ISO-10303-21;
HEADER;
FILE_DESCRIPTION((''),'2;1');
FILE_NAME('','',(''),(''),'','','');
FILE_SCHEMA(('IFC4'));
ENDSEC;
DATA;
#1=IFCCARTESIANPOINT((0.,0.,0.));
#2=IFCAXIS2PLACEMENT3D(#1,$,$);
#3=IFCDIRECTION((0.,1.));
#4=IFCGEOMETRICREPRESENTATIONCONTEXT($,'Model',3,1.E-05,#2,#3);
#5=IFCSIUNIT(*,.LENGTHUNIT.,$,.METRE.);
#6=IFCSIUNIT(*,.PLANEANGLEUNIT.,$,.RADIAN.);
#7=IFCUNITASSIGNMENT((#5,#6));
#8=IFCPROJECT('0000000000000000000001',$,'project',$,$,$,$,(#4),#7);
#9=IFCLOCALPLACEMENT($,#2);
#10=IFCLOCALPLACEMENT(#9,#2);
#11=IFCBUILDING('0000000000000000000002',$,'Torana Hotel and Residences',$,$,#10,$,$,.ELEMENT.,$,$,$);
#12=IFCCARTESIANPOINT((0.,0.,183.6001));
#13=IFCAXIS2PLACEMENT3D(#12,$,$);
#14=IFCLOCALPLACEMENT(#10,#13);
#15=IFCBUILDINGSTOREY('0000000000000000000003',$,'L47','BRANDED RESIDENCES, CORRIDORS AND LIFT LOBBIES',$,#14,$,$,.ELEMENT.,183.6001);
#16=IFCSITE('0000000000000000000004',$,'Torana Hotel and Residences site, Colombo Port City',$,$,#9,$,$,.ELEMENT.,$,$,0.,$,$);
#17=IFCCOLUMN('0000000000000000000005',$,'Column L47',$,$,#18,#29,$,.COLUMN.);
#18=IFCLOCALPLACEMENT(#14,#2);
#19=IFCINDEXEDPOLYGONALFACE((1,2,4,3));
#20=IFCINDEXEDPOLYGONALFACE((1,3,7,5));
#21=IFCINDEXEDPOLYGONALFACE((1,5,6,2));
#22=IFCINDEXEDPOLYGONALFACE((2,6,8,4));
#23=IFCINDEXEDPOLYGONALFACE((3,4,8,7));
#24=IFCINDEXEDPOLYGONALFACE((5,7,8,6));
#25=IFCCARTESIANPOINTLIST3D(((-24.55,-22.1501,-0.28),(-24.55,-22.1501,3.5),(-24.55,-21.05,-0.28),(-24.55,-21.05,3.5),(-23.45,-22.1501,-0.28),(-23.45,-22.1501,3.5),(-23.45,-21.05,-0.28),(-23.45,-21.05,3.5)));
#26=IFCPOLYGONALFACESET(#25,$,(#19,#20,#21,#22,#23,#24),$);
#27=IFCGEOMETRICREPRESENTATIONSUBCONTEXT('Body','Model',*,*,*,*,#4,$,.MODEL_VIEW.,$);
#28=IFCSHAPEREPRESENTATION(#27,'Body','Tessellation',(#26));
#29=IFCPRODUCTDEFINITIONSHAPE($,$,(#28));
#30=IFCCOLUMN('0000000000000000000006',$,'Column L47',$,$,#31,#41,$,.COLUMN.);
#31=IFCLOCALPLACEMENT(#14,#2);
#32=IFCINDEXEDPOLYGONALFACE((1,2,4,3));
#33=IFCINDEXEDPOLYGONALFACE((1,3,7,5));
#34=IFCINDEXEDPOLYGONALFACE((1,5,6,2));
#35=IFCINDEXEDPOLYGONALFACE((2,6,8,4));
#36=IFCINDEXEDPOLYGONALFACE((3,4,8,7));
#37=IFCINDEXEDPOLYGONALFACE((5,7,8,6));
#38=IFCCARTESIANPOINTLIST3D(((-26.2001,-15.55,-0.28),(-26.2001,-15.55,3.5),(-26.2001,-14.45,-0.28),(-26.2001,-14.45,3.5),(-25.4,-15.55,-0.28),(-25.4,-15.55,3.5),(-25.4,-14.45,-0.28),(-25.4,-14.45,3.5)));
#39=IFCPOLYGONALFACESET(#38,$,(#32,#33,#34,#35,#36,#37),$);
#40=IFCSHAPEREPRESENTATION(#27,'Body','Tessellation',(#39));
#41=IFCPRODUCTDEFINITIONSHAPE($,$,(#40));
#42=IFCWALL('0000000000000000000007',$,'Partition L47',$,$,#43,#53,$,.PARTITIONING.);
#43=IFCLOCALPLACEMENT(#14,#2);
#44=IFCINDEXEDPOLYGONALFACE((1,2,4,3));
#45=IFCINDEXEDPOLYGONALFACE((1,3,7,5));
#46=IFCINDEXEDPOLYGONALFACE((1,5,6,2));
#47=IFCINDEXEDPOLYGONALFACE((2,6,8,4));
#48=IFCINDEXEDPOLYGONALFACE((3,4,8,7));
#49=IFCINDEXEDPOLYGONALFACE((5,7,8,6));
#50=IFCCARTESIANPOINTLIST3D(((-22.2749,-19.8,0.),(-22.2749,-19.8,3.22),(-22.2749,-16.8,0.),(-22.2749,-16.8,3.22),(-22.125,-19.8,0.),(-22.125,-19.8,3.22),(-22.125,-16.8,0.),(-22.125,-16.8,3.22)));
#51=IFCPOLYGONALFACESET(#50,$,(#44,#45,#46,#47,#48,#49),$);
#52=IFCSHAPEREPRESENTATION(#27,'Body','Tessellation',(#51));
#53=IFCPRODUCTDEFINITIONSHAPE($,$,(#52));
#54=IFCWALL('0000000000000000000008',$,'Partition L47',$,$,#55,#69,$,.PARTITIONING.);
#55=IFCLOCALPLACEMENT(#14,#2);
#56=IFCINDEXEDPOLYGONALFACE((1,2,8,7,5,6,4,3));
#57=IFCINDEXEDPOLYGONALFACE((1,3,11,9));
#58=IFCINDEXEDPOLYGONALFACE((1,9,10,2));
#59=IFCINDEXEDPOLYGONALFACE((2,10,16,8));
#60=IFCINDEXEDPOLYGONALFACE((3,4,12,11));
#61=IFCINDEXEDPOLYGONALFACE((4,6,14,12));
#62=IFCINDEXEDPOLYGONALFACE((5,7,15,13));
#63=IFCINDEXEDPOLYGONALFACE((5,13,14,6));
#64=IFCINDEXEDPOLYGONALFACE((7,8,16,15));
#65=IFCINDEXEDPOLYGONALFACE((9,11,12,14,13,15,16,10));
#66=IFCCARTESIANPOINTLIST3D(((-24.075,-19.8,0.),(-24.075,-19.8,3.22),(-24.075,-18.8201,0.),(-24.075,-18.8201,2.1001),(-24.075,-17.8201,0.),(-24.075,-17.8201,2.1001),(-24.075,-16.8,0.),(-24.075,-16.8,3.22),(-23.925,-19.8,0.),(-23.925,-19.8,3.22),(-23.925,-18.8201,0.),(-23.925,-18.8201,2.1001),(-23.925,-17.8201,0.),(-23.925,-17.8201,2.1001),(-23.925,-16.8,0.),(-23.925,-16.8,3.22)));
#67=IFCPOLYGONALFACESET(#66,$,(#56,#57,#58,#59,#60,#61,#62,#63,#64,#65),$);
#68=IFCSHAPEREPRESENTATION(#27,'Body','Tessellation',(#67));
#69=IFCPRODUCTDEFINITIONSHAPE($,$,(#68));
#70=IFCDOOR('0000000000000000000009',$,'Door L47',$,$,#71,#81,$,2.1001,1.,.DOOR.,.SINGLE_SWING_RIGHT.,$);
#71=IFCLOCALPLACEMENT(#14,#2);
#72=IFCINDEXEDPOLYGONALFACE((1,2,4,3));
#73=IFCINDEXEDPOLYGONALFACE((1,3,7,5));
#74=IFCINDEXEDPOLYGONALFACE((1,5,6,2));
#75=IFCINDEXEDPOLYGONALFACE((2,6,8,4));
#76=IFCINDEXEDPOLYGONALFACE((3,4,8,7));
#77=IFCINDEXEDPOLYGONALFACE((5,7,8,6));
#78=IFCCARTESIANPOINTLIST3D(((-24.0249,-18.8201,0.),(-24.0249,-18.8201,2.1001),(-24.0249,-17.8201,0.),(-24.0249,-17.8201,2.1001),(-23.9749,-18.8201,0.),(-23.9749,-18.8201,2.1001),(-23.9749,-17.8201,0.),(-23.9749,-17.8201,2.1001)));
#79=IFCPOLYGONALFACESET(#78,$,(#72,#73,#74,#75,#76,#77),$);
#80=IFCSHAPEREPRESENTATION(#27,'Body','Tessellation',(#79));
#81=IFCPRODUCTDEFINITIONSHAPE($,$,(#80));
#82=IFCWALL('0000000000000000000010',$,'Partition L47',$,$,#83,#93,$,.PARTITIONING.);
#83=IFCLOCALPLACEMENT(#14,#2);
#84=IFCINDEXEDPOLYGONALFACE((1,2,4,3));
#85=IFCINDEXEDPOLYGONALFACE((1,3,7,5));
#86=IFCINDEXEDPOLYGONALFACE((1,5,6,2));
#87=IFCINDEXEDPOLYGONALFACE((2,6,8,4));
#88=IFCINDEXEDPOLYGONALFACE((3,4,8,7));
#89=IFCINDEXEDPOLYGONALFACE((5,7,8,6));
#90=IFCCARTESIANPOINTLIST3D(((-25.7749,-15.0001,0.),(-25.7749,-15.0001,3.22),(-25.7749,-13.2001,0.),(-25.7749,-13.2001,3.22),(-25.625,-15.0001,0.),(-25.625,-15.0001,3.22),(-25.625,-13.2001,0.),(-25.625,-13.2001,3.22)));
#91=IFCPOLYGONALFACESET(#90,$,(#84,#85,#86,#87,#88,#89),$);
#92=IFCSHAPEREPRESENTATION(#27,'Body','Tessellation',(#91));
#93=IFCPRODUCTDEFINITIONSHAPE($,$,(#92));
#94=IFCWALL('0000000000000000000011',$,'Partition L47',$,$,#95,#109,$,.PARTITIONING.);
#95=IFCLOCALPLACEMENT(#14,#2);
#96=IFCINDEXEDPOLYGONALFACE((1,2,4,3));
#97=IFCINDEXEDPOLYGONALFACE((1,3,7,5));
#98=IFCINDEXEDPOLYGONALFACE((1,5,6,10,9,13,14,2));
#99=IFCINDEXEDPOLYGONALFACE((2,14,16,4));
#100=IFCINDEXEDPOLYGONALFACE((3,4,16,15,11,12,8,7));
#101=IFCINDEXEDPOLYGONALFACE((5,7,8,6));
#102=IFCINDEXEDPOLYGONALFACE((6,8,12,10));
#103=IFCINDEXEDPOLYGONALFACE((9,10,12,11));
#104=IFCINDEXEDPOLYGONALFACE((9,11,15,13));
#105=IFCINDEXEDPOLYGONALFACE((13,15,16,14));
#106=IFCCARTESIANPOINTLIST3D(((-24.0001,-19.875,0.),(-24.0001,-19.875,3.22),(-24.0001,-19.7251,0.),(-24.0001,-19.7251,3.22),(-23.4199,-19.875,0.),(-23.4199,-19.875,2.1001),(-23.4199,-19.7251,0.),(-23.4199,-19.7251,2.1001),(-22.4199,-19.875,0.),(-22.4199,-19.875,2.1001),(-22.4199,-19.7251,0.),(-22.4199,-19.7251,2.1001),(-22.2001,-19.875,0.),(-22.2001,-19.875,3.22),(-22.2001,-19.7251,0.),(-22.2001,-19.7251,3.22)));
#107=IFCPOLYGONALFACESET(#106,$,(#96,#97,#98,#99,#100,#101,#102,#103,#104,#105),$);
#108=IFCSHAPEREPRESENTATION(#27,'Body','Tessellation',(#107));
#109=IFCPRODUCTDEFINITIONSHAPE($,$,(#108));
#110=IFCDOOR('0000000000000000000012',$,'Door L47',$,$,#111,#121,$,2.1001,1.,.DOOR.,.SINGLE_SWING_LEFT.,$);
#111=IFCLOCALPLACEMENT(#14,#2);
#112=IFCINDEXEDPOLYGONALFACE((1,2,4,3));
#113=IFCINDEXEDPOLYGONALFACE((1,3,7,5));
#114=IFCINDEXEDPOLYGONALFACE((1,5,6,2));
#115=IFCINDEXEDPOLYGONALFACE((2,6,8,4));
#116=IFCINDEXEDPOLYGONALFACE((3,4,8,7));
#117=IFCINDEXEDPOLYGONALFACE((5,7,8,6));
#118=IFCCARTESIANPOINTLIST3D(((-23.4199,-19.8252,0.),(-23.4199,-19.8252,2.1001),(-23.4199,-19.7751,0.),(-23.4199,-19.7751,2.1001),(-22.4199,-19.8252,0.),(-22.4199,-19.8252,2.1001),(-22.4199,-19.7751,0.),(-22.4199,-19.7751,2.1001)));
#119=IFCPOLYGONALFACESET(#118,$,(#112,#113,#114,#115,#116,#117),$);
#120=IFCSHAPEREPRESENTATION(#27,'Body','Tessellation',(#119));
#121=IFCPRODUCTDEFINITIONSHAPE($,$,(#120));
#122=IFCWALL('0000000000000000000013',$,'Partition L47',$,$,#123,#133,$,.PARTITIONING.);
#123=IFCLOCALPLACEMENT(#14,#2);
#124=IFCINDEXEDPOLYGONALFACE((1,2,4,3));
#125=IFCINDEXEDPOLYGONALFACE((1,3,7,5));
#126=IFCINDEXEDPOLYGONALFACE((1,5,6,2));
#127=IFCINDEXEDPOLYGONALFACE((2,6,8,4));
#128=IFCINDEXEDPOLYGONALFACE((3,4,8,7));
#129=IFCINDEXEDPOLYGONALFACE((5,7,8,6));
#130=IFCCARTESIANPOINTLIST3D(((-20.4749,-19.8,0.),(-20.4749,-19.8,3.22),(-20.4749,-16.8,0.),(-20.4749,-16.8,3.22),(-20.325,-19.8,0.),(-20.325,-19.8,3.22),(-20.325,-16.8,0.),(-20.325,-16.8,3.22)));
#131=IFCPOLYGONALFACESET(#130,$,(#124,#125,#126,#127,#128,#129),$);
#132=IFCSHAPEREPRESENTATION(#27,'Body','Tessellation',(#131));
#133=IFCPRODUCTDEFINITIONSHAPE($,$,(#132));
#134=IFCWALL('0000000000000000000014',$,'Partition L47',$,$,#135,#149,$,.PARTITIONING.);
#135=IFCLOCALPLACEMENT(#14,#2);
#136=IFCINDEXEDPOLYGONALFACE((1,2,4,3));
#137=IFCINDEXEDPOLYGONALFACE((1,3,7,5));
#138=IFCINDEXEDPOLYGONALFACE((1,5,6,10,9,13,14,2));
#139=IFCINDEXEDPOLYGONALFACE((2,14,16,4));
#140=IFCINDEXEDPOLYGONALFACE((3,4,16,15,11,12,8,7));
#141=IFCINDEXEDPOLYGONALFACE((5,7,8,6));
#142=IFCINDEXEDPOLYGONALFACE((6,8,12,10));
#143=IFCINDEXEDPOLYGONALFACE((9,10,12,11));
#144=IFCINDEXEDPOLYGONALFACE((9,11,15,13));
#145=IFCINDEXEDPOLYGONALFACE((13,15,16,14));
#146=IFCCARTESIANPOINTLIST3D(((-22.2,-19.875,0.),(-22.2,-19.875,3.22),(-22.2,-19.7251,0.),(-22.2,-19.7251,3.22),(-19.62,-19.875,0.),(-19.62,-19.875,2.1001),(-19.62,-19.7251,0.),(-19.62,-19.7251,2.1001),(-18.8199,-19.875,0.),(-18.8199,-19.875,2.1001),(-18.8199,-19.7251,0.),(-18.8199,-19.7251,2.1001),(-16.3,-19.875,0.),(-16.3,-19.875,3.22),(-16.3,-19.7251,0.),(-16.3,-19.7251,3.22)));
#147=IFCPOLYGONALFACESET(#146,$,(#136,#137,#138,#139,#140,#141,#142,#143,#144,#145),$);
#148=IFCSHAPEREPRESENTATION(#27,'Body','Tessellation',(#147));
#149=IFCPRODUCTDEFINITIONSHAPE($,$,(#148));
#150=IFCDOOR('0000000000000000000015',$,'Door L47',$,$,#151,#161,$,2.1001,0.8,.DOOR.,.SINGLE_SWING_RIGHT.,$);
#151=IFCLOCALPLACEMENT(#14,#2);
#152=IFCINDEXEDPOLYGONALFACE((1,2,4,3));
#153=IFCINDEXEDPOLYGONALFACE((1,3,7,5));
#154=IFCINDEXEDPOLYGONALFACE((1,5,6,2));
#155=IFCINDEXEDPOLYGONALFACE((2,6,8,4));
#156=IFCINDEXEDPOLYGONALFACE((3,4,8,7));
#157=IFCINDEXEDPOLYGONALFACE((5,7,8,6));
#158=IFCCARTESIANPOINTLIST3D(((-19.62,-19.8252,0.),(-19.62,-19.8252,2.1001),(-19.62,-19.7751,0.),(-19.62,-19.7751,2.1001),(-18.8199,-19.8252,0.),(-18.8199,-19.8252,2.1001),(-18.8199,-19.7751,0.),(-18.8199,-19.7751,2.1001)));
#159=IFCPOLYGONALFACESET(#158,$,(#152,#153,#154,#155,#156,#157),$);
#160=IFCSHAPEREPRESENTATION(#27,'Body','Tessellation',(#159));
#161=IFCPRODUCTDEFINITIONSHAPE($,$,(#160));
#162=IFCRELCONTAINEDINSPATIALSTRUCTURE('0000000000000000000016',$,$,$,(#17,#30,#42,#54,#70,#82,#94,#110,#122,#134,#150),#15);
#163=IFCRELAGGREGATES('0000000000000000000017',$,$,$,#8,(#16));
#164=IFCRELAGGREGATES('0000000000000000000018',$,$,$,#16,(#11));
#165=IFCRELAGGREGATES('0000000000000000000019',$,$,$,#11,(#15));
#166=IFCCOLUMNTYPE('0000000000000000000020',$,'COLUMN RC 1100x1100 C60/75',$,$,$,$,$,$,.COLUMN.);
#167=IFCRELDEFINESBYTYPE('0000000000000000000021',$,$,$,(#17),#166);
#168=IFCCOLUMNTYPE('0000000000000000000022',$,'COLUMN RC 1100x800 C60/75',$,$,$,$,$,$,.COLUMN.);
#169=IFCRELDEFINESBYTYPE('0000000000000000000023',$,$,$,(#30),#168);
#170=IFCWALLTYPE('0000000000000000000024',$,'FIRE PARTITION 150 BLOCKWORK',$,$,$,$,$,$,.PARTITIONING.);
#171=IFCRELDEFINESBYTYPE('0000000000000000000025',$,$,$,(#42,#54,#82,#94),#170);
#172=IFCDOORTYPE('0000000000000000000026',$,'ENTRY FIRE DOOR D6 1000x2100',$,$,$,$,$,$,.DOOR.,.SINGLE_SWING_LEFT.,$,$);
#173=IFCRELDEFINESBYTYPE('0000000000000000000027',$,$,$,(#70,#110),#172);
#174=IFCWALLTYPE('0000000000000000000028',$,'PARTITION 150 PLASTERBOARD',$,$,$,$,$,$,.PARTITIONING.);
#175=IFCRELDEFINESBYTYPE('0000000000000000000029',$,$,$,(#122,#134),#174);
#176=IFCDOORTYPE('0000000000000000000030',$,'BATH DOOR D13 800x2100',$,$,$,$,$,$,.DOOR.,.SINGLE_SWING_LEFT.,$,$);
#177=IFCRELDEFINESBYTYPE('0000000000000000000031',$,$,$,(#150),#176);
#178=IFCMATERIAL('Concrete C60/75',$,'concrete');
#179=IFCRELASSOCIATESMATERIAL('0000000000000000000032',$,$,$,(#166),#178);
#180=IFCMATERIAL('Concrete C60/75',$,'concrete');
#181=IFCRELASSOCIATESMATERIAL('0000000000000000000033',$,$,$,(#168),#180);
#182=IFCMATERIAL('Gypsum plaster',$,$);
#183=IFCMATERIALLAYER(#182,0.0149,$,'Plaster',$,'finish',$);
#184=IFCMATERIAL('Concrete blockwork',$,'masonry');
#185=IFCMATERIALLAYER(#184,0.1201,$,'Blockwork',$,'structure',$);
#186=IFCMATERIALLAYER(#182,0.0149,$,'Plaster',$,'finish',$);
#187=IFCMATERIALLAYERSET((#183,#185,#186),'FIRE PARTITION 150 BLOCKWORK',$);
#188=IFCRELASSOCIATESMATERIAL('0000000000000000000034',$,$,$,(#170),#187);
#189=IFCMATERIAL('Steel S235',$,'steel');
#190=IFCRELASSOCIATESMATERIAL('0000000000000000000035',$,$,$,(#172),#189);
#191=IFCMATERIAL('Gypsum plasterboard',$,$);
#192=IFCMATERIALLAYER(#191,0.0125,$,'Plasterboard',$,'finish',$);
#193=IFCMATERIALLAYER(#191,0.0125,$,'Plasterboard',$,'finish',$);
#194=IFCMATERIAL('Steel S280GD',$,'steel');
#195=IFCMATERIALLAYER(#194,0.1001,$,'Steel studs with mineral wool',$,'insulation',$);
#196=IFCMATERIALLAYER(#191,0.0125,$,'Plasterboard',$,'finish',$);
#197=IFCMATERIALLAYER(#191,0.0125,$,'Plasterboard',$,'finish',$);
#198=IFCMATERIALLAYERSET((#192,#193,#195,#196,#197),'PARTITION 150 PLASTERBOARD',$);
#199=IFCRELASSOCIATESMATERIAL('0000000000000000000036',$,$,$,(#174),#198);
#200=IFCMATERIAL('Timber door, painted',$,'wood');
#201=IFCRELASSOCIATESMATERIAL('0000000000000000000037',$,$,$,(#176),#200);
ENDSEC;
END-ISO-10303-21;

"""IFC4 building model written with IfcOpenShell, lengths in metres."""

from ifc_helpers import new_model, si_unit, direction, frame, frame_2d, origin, origin_2d, place, context, subcontext, project, spatial, rectangle, extrude, material, layer, layer_set, material_profile, profile_set, type_object, element, fill, save


model = new_model("IFC4")

# Units and contexts
model_context = context("Model", 3, precision=1e-05, world=origin(), true_north=direction((0.0, 1.0)))
body_context = subcontext(model_context, "Body", "Model", "MODEL_VIEW")
ifc_project = project(units=[si_unit("LENGTHUNIT", "METRE"), si_unit("PLANEANGLEUNIT", "RADIAN")], contexts=[model_context])

# Site, building, storey
site_placement = place(None, origin())
site = spatial("IfcSite", under=ifc_project, at=site_placement, Name="Torana Hotel and Residences site, Colombo Port City", CompositionType="ELEMENT", RefElevation=0.0)
building_placement = place(site_placement, origin())
building = spatial("IfcBuilding", under=site, at=building_placement, Name="Torana Hotel and Residences", CompositionType="ELEMENT")
storey_placement = place(building_placement, frame((0.0, 0.0, 183.6001)))
storey = spatial("IfcBuildingStorey", under=building, at=storey_placement, Name="L47", Description="BRANDED RESIDENCES, CORRIDORS AND LIFT LOBBIES", CompositionType="ELEMENT", Elevation=183.6001)

# Columns
ifc_material_1 = material(Name="Concrete C60/75", Category="concrete")
ifc_material_profile_1 = material_profile(ifc_material_1, rectangle(XDim=1.1001, YDim=1.1001, at=origin_2d()), Name="RC 1100x1100")
ifc_profile_set_1 = profile_set([ifc_material_profile_1], Name="Concrete C60/75")
column_type_1 = type_object("IfcColumnType", Name="COLUMN RC 1100x1100 C60/75", PredefinedType="COLUMN", material=ifc_profile_set_1)
column_1_placement = place(storey_placement, frame((-24.0, -21.6001, -0.28), z_axis=(0.0, 0.0, 1.0), x_axis=(1.0, 0.0, 0.0)))
element("IfcColumn", 1, at=column_1_placement, inside=storey, type_object=column_type_1, Name="Column L47", PredefinedType="COLUMN", context=body_context, shape_type="SweptSolid", body=[
    extrude(rectangle(XDim=1.1001, YDim=1.1001, at=origin_2d()), origin(), (0.0, 0.0, 1.0), 3.78),
])
ifc_material_2 = material(Name="Concrete C60/75", Category="concrete")
ifc_material_profile_2 = material_profile(ifc_material_2, rectangle(XDim=1.1001, YDim=0.8, at=origin_2d()), Name="RC 1100x800")
ifc_profile_set_2 = profile_set([ifc_material_profile_2], Name="Concrete C60/75")
column_type_2 = type_object("IfcColumnType", Name="COLUMN RC 1100x800 C60/75", PredefinedType="COLUMN", material=ifc_profile_set_2)
column_2_placement = place(storey_placement, frame((-25.8, -15.0, -0.28), z_axis=(0.0, 0.0, 1.0), x_axis=(0.0, 1.0, 0.0)))
element("IfcColumn", 2, at=column_2_placement, inside=storey, type_object=column_type_2, Name="Column L47", PredefinedType="COLUMN", context=body_context, shape_type="SweptSolid", body=[
    extrude(rectangle(XDim=1.1001, YDim=0.8, at=origin_2d()), origin(), (0.0, 0.0, 1.0), 3.78),
])

# Wall
ifc_material_3 = material(Name="Gypsum plaster")
ifc_layer_1 = layer(ifc_material_3, 0.0149, Name="Plaster", Category="finish")
ifc_material_4 = material(Name="Concrete blockwork", Category="masonry")
ifc_layer_2 = layer(ifc_material_4, 0.1201, Name="Blockwork", Category="structure")
ifc_layer_3 = layer(ifc_material_3, 0.0149, Name="Plaster", Category="finish")
ifc_layer_set_1 = layer_set([ifc_layer_1, ifc_layer_2, ifc_layer_3], Name="FIRE PARTITION 150 BLOCKWORK")
wall_type_1 = type_object("IfcWallType", Name="FIRE PARTITION 150 BLOCKWORK", PredefinedType="PARTITIONING", material=ifc_layer_set_1)
wall_1_placement = place(storey_placement, frame((-22.2, -19.8, 0.0), z_axis=(0.0, 0.0, 1.0), x_axis=(0.0, 1.0, 0.0)))
element("IfcWall", 3, at=wall_1_placement, inside=storey, type_object=wall_type_1, Name="Partition L47", PredefinedType="PARTITIONING", context=body_context, shape_type="SweptSolid", body=[
    extrude(rectangle(XDim=3.0, YDim=0.1499, at=frame_2d((1.5, 0.0))), origin(), (0.0, 0.0, 1.0), 3.22),
])

# Wall, opening, door
wall_2_placement = place(storey_placement, frame((-24.0, -19.8, 0.0), z_axis=(0.0, 0.0, 1.0), x_axis=(0.0, 1.0, 0.0)))
wall_2 = element("IfcWall", 4, at=wall_2_placement, inside=storey, type_object=wall_type_1, Name="Partition L47", PredefinedType="PARTITIONING", context=body_context, shape_type="SweptSolid", body=[
    extrude(rectangle(XDim=3.0, YDim=0.1499, at=frame_2d((1.5, 0.0))), origin(), (0.0, 0.0, 1.0), 3.22),
])
opening_1_placement = place(wall_2_placement, frame((0.98, 0.0, 0.0)))
opening_1 = element("IfcOpeningElement", 5, at=opening_1_placement, cuts=wall_2, PredefinedType="OPENING", context=body_context, shape_type="SweptSolid", body=[
    extrude(rectangle(XDim=1.0, YDim=2.1001, at=frame_2d((0.5, 1.05))), frame((0.0, 0.085, 0.0), z_axis=(0.0, -1.0, 0.0), x_axis=(1.0, 0.0, 0.0)), (0.0, 0.0, 1.0), 0.1699),
])
ifc_material_5 = material(Name="Steel S235", Category="steel")
door_type_1 = type_object("IfcDoorType", Name="ENTRY FIRE DOOR D6 1000x2100", OperationType="SINGLE_SWING_LEFT", PredefinedType="DOOR", material=ifc_material_5)
door_1_placement = place(opening_1_placement, origin())
door_1 = element("IfcDoor", 6, at=door_1_placement, inside=storey, type_object=door_type_1, Name="Door L47", OperationType="SINGLE_SWING_RIGHT", OverallHeight=2.1001, OverallWidth=1.0, PredefinedType="DOOR", context=body_context, shape_type="SweptSolid", body=[
    extrude(rectangle(XDim=1.0, YDim=2.1001, at=frame_2d((0.5, 1.05))), frame((0.0, 0.0249, 0.0), z_axis=(0.0, -1.0, 0.0), x_axis=(1.0, 0.0, 0.0)), (0.0, 0.0, 1.0), 0.05),
])
fill(opening_1, door_1)

# Wall
wall_3_placement = place(storey_placement, frame((-25.7, -15.0, 0.0), z_axis=(0.0, 0.0, 1.0), x_axis=(0.0, 1.0, 0.0)))
element("IfcWall", 7, at=wall_3_placement, inside=storey, type_object=wall_type_1, Name="Partition L47", PredefinedType="PARTITIONING", context=body_context, shape_type="SweptSolid", body=[
    extrude(rectangle(XDim=1.8, YDim=0.1499, at=frame_2d((0.8999, 0.0))), origin(), (0.0, 0.0, 1.0), 3.22),
])

# Wall, opening, door
wall_4_placement = place(storey_placement, frame((-24.0, -19.8, 0.0), z_axis=(0.0, 0.0, 1.0), x_axis=(1.0, 0.0, 0.0)))
wall_4 = element("IfcWall", 8, at=wall_4_placement, inside=storey, type_object=wall_type_1, Name="Partition L47", PredefinedType="PARTITIONING", context=body_context, shape_type="SweptSolid", body=[
    extrude(rectangle(XDim=1.8, YDim=0.1499, at=frame_2d((0.8999, 0.0))), origin(), (0.0, 0.0, 1.0), 3.22),
])
opening_2_placement = place(wall_4_placement, frame((0.5801, 0.0, 0.0)))
opening_2 = element("IfcOpeningElement", 9, at=opening_2_placement, cuts=wall_4, PredefinedType="OPENING", context=body_context, shape_type="SweptSolid", body=[
    extrude(rectangle(XDim=1.0, YDim=2.1001, at=frame_2d((0.5, 1.05))), frame((0.0, 0.085, 0.0), z_axis=(0.0, -1.0, 0.0), x_axis=(1.0, 0.0, 0.0)), (0.0, 0.0, 1.0), 0.1699),
])
door_2_placement = place(opening_2_placement, frame((0.5, 0.0, 0.0), z_axis=(0.0, 0.0, 1.0), x_axis=(-1.0, 0.0, 0.0)))
door_2 = element("IfcDoor", 10, at=door_2_placement, inside=storey, type_object=door_type_1, Name="Door L47", OperationType="SINGLE_SWING_LEFT", OverallHeight=2.1001, OverallWidth=1.0, PredefinedType="DOOR", context=body_context, shape_type="SweptSolid", body=[
    extrude(rectangle(XDim=1.0, YDim=2.1001, at=frame_2d((0.0, 1.05))), frame((0.0, -0.0249, 0.0), z_axis=(0.0, 1.0, 0.0), x_axis=(-1.0, 0.0, 0.0)), (0.0, 0.0, 1.0), 0.05),
])
fill(opening_2, door_2)

# Wall
ifc_material_6 = material(Name="Gypsum plasterboard")
ifc_layer_4 = layer(ifc_material_6, 0.0125, Name="Plasterboard", Category="finish")
ifc_layer_5 = layer(ifc_material_6, 0.0125, Name="Plasterboard", Category="finish")
ifc_material_7 = material(Name="Steel S280GD", Category="steel")
ifc_layer_6 = layer(ifc_material_7, 0.1001, Name="Steel studs with mineral wool", Category="insulation")
ifc_layer_7 = layer(ifc_material_6, 0.0125, Name="Plasterboard", Category="finish")
ifc_layer_8 = layer(ifc_material_6, 0.0125, Name="Plasterboard", Category="finish")
ifc_layer_set_2 = layer_set([ifc_layer_4, ifc_layer_5, ifc_layer_6, ifc_layer_7, ifc_layer_8], Name="PARTITION 150 PLASTERBOARD")
wall_type_2 = type_object("IfcWallType", Name="PARTITION 150 PLASTERBOARD", PredefinedType="PARTITIONING", material=ifc_layer_set_2)
wall_5_placement = place(storey_placement, frame((-20.3999, -19.8, 0.0), z_axis=(0.0, 0.0, 1.0), x_axis=(0.0, 1.0, 0.0)))
element("IfcWall", 11, at=wall_5_placement, inside=storey, type_object=wall_type_2, Name="Partition L47", PredefinedType="PARTITIONING", context=body_context, shape_type="SweptSolid", body=[
    extrude(rectangle(XDim=3.0, YDim=0.1499, at=frame_2d((1.5, 0.0))), origin(), (0.0, 0.0, 1.0), 3.22),
])

# Wall, opening, door
wall_6_placement = place(storey_placement, frame((-22.2, -19.8, 0.0), z_axis=(0.0, 0.0, 1.0), x_axis=(1.0, 0.0, 0.0)))
wall_6 = element("IfcWall", 12, at=wall_6_placement, inside=storey, type_object=wall_type_2, Name="Partition L47", PredefinedType="PARTITIONING", context=body_context, shape_type="SweptSolid", body=[
    extrude(rectangle(XDim=5.8999, YDim=0.1499, at=frame_2d((2.95, 0.0))), origin(), (0.0, 0.0, 1.0), 3.22),
])
opening_3_placement = place(wall_6_placement, frame((2.5801, 0.0, 0.0)))
opening_3 = element("IfcOpeningElement", 13, at=opening_3_placement, cuts=wall_6, PredefinedType="OPENING", context=body_context, shape_type="SweptSolid", body=[
    extrude(rectangle(XDim=0.8, YDim=2.1001, at=frame_2d((0.3999, 1.05))), frame((0.0, 0.085, 0.0), z_axis=(0.0, -1.0, 0.0), x_axis=(1.0, 0.0, 0.0)), (0.0, 0.0, 1.0), 0.1699),
])
ifc_material_8 = material(Name="Timber door, painted", Category="wood")
door_type_2 = type_object("IfcDoorType", Name="BATH DOOR D13 800x2100", OperationType="SINGLE_SWING_LEFT", PredefinedType="DOOR", material=ifc_material_8)
door_3_placement = place(opening_3_placement, origin())
door_3 = element("IfcDoor", 14, at=door_3_placement, inside=storey, type_object=door_type_2, Name="Door L47", OperationType="SINGLE_SWING_RIGHT", OverallHeight=2.1001, OverallWidth=0.8, PredefinedType="DOOR", context=body_context, shape_type="SweptSolid", body=[
    extrude(rectangle(XDim=0.8, YDim=2.1001, at=frame_2d((0.3999, 1.05))), frame((0.0, 0.0249, 0.0), z_axis=(0.0, -1.0, 0.0), x_axis=(1.0, 0.0, 0.0)), (0.0, 0.0, 1.0), 0.05),
])
fill(opening_3, door_3)

save(model, "model.ifc")
